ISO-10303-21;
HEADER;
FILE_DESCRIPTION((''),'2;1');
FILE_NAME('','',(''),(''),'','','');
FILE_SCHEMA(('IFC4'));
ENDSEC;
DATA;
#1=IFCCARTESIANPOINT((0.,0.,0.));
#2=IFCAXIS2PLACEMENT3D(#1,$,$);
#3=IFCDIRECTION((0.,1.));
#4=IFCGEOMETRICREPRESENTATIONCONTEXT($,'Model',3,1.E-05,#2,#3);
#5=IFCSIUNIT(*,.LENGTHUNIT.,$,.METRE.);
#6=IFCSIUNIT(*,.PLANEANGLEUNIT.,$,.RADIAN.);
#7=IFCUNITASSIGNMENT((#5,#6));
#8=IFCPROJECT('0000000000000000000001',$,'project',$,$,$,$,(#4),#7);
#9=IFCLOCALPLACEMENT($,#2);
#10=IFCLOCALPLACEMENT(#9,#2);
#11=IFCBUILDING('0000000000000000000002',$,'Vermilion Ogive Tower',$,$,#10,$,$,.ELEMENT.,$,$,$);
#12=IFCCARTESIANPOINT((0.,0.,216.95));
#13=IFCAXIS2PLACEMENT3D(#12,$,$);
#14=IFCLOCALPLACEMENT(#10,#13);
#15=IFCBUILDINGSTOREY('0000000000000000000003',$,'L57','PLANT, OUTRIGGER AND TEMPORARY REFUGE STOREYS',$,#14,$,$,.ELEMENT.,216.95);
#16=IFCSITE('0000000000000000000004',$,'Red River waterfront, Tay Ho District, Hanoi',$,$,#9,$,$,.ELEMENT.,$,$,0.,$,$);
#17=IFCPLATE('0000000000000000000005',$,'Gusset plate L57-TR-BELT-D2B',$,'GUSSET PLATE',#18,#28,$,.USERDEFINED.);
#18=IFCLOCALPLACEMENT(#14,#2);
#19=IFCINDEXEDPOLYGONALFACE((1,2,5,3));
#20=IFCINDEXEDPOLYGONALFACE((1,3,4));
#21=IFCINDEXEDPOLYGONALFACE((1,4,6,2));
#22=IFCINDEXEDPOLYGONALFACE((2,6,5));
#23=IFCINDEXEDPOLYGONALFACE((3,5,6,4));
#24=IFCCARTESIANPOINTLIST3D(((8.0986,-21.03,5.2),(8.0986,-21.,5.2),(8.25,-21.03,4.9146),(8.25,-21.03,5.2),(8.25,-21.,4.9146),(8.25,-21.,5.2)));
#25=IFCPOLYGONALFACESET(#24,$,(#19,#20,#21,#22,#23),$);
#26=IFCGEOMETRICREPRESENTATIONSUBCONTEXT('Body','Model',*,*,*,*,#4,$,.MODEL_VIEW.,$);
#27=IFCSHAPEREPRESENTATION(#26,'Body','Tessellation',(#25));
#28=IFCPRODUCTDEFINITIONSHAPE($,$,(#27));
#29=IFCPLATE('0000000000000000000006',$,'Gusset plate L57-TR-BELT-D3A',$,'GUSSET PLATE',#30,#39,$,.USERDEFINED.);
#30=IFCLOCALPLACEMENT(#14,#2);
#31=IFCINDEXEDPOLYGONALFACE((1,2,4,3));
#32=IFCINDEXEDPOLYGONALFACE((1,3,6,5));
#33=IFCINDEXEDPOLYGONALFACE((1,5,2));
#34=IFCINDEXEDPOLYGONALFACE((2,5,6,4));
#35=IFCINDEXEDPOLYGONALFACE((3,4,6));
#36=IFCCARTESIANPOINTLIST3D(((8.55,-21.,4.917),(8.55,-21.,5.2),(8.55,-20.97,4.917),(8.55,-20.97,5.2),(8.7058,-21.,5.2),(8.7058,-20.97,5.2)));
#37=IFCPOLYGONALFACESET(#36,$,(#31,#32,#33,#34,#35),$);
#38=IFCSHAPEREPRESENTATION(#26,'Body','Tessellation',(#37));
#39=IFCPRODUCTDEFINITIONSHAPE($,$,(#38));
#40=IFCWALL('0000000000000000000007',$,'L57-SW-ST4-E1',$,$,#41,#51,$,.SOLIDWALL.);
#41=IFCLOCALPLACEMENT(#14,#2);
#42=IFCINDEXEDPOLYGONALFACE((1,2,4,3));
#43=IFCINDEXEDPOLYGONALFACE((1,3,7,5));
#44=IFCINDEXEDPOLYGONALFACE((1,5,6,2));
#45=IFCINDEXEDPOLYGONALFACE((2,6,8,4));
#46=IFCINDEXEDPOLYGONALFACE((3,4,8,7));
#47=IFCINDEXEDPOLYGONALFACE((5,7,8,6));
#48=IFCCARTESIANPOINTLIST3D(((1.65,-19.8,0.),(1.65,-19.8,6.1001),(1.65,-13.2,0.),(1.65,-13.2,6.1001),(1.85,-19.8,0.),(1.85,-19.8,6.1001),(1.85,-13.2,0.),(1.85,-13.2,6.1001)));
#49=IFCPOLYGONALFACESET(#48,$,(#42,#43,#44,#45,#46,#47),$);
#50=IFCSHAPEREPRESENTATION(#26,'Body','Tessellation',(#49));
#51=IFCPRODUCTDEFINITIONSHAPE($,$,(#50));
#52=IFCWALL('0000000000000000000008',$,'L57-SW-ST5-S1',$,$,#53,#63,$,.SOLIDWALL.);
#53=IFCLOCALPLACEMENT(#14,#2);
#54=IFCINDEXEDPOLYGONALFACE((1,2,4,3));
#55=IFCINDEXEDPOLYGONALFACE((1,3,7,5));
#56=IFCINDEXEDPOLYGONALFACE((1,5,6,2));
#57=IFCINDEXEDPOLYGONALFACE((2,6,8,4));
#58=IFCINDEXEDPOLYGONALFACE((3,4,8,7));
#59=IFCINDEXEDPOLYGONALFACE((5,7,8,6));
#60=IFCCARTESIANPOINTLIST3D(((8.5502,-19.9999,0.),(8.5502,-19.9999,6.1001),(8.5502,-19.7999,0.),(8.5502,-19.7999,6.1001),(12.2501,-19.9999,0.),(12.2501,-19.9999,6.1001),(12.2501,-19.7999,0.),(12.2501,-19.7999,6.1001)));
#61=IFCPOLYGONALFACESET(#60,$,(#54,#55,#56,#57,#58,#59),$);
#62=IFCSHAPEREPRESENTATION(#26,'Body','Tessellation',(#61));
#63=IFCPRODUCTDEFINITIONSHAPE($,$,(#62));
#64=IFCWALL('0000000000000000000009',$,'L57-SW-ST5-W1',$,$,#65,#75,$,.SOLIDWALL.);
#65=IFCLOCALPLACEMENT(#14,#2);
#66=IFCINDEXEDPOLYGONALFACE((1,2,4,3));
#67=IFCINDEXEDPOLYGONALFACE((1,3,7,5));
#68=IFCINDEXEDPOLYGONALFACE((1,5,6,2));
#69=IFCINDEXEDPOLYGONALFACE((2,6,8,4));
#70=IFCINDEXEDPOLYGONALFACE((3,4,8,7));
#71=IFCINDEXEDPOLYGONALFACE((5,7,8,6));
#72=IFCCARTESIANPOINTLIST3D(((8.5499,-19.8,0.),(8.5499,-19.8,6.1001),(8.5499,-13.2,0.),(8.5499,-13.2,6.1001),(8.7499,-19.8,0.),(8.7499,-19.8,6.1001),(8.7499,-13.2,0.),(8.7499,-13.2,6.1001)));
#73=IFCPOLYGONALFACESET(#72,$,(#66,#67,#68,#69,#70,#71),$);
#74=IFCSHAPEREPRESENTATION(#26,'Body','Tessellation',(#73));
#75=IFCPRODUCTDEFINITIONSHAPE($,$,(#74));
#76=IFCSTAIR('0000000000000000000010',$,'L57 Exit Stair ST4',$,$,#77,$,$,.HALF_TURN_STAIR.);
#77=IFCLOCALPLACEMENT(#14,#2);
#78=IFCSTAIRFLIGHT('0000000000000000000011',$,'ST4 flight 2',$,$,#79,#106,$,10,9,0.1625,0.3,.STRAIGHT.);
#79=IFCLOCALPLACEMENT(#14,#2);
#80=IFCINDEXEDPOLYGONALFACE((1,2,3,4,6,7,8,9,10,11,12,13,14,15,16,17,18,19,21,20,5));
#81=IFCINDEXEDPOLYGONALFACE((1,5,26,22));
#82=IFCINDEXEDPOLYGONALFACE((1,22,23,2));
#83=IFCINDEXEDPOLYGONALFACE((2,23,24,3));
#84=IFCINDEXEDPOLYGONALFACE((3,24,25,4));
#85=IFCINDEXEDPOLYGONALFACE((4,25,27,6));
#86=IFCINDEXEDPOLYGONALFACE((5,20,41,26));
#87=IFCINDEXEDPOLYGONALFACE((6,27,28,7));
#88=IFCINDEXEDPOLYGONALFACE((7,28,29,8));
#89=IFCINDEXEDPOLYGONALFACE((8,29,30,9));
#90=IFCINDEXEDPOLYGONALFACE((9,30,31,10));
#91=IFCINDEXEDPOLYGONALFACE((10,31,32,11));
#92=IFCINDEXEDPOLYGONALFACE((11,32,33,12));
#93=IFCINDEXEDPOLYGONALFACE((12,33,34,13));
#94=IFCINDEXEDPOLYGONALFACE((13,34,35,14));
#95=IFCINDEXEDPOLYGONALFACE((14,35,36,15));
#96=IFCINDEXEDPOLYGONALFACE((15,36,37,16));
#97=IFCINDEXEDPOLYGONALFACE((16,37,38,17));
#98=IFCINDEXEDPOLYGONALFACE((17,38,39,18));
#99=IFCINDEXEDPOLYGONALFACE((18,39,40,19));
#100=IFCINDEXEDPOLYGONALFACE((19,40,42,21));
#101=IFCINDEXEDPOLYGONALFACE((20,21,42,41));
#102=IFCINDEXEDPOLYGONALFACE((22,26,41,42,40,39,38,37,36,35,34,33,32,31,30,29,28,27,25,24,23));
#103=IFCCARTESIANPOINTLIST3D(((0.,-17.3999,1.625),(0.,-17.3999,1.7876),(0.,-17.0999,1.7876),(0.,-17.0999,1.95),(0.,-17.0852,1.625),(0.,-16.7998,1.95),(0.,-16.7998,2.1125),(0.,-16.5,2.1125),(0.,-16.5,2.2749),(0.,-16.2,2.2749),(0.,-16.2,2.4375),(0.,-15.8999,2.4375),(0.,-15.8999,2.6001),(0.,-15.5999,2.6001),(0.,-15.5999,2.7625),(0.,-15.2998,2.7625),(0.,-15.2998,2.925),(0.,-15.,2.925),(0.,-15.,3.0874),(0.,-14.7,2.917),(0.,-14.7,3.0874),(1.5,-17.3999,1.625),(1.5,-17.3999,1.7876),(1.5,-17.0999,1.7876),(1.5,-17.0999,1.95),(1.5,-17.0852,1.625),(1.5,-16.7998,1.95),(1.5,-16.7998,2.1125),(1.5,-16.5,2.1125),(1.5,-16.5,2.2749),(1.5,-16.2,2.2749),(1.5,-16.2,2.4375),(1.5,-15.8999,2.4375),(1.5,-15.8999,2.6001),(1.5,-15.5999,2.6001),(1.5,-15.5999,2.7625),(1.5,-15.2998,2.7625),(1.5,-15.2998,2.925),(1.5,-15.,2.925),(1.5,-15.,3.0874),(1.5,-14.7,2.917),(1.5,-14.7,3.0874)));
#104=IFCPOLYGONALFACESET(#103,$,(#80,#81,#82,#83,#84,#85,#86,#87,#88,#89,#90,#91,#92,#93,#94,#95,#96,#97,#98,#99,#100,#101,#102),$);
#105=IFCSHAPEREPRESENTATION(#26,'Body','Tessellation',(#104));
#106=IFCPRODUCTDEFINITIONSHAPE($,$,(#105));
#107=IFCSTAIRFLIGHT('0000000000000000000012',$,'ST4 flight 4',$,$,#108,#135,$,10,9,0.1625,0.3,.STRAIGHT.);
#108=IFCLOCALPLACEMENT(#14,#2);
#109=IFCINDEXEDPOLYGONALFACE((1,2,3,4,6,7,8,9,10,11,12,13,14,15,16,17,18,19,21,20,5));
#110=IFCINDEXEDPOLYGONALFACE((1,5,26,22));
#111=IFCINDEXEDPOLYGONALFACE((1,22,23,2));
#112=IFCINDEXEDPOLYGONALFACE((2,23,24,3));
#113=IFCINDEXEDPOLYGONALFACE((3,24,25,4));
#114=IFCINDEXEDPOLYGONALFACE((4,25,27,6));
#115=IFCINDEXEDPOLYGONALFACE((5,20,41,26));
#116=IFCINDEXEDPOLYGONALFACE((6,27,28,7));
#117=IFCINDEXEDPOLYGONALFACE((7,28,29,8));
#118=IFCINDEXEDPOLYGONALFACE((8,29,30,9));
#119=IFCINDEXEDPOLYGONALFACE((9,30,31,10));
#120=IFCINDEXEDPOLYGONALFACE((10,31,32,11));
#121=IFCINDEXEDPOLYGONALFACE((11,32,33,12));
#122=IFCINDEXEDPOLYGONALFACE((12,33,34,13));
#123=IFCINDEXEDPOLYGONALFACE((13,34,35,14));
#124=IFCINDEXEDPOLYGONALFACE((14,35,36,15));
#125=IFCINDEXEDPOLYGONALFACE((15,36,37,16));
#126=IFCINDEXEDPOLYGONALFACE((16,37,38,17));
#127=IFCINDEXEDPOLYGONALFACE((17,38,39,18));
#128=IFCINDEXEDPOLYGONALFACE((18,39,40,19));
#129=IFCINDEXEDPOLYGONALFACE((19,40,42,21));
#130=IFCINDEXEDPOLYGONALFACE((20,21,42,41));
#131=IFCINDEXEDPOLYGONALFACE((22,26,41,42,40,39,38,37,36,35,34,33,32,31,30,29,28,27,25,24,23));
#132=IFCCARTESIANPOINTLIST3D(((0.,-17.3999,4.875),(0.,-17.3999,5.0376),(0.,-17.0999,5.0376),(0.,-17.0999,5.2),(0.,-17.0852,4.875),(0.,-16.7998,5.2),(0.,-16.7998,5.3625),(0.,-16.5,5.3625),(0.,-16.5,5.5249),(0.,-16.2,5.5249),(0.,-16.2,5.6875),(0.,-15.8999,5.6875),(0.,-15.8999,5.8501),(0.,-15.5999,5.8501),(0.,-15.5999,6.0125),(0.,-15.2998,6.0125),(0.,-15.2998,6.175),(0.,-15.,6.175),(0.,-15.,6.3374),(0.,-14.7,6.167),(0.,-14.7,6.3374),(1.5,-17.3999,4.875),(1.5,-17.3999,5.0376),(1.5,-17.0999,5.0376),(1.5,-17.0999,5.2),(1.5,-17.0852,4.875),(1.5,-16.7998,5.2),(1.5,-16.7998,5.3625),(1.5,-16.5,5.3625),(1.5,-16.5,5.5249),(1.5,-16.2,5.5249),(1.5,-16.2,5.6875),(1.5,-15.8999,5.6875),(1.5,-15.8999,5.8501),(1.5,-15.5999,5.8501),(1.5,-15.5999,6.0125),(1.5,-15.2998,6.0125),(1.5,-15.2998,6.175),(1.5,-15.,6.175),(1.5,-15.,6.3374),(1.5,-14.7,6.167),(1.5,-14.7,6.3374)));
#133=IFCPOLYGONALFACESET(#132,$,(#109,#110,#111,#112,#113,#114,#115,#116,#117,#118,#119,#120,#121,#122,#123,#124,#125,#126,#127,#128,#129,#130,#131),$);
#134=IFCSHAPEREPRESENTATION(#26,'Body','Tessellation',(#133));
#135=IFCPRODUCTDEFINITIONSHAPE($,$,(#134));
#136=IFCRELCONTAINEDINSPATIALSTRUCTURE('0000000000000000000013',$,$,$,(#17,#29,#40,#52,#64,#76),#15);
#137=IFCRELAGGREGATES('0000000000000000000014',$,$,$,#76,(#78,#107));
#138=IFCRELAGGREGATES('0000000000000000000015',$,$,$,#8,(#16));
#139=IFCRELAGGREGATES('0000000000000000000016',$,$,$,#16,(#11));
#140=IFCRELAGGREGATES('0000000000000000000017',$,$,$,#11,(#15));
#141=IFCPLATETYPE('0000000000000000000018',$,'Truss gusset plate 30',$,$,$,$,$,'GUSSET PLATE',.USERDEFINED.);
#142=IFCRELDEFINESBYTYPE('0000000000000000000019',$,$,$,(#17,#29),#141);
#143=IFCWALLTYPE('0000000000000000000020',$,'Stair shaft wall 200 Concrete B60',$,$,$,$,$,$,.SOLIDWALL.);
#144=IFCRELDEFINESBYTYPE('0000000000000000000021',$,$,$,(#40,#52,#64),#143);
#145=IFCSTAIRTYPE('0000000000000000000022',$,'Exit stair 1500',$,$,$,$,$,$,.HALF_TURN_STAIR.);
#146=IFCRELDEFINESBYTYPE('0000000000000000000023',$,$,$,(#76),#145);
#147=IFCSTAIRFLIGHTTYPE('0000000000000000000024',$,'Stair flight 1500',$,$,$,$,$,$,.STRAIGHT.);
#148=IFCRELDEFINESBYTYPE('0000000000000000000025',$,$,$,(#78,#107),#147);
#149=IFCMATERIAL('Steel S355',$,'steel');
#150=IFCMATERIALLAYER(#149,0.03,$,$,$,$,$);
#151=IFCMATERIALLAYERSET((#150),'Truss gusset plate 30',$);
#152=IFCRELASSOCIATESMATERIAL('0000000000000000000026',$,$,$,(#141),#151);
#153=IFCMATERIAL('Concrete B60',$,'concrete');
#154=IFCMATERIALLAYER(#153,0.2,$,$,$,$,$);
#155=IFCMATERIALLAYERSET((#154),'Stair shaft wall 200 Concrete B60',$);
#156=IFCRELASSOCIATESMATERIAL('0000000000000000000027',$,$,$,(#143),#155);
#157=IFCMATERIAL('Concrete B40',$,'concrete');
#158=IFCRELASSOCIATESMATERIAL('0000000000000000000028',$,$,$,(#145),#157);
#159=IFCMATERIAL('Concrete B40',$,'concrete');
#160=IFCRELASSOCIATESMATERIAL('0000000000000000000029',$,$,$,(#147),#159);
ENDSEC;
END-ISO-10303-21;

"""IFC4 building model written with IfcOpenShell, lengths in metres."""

from ifc_helpers import new_model, si_unit, direction, frame, frame_2d, origin, place, context, subcontext, project, spatial, polyline, rectangle, outline, extrude, material, layer, layer_set, type_object, element, aggregate, save


model = new_model("IFC4")

# Units and contexts
model_context = context("Model", 3, precision=1e-05, world=origin(), true_north=direction((0.0, 1.0)))
body_context = subcontext(model_context, "Body", "Model", "MODEL_VIEW")
ifc_project = project(units=[si_unit("LENGTHUNIT", "METRE"), si_unit("PLANEANGLEUNIT", "RADIAN")], contexts=[model_context])

# Site, building, storey
site_placement = place(None, origin())
site = spatial("IfcSite", under=ifc_project, at=site_placement, Name="Red River waterfront, Tay Ho District, Hanoi", CompositionType="ELEMENT", RefElevation=0.0)
building_placement = place(site_placement, origin())
building = spatial("IfcBuilding", under=site, at=building_placement, Name="Vermilion Ogive Tower", CompositionType="ELEMENT")
storey_placement = place(building_placement, frame((0.0, 0.0, 216.95)))
storey = spatial("IfcBuildingStorey", under=building, at=storey_placement, Name="L57", Description="PLANT, OUTRIGGER AND TEMPORARY REFUGE STOREYS", CompositionType="ELEMENT", Elevation=216.95)

# Plates
ifc_material_1 = material(Name="Steel S355", Category="steel")
ifc_layer_1 = layer(ifc_material_1, 0.03)
ifc_layer_set_1 = layer_set([ifc_layer_1], Name="Truss gusset plate 30")
plate_type_1 = type_object("IfcPlateType", Name="Truss gusset plate 30", ElementType="GUSSET PLATE", PredefinedType="USERDEFINED", material=ifc_layer_set_1)
plate_1_placement = place(storey_placement, frame((8.25, -21.0, 4.9146), z_axis=(0.0, 1.0, 0.0), x_axis=(-0.468547, 0.0, 0.883438)))
element("IfcPlate", 1, at=plate_1_placement, inside=storey, type_object=plate_type_1, Name="Gusset plate L57-TR-BELT-D2B", ObjectType="GUSSET PLATE", PredefinedType="USERDEFINED", context=body_context, shape_type="SweptSolid", body=[
    extrude(outline(polyline([(0.0, 0.0), (0.3231, 0.0), (0.2521, 0.1337), (0.0, 0.0)])), origin(), (0.0, 0.0, -1.0), 0.03),
])
plate_2_placement = place(storey_placement, frame((8.55, -21.0, 4.917), z_axis=(0.0, -1.0, 0.0), x_axis=(0.482238, 0.0, 0.87604)))
element("IfcPlate", 2, at=plate_2_placement, inside=storey, type_object=plate_type_1, Name="Gusset plate L57-TR-BELT-D3A", ObjectType="GUSSET PLATE", PredefinedType="USERDEFINED", context=body_context, shape_type="SweptSolid", body=[
    extrude(outline(polyline([(0.0, 0.0), (0.323, 0.0), (0.2479, 0.1365), (0.0, 0.0)])), origin(), (0.0, 0.0, -1.0), 0.03),
])

# Walls
ifc_material_2 = material(Name="Concrete B60", Category="concrete")
ifc_layer_2 = layer(ifc_material_2, 0.2)
ifc_layer_set_2 = layer_set([ifc_layer_2], Name="Stair shaft wall 200 Concrete B60")
wall_type = type_object("IfcWallType", Name="Stair shaft wall 200 Concrete B60", PredefinedType="SOLIDWALL", material=ifc_layer_set_2)
wall_1_placement = place(storey_placement, frame((1.75, -19.8, 0.0), z_axis=(0.0, 0.0, 1.0), x_axis=(0.0, 1.0, 0.0)))
element("IfcWall", 3, at=wall_1_placement, inside=storey, type_object=wall_type, Name="L57-SW-ST4-E1", PredefinedType="SOLIDWALL", context=body_context, shape_type="SweptSolid", body=[
    extrude(rectangle(XDim=6.6001, YDim=0.2, at=frame_2d((3.3, 0.0))), origin(), (0.0, 0.0, 1.0), 6.1001),
])
wall_2_placement = place(storey_placement, frame((8.55, -19.8999, 0.0), z_axis=(0.0, 0.0, 1.0), x_axis=(1.0, 0.0, 0.0)))
element("IfcWall", 4, at=wall_2_placement, inside=storey, type_object=wall_type, Name="L57-SW-ST5-S1", PredefinedType="SOLIDWALL", context=body_context, shape_type="SweptSolid", body=[
    extrude(rectangle(XDim=3.7, YDim=0.2, at=frame_2d((1.8501, 0.0))), origin(), (0.0, 0.0, 1.0), 6.1001),
])
wall_3_placement = place(storey_placement, frame((8.6499, -19.8, 0.0), z_axis=(0.0, 0.0, 1.0), x_axis=(0.0, 1.0, 0.0)))
element("IfcWall", 5, at=wall_3_placement, inside=storey, type_object=wall_type, Name="L57-SW-ST5-W1", PredefinedType="SOLIDWALL", context=body_context, shape_type="SweptSolid", body=[
    extrude(rectangle(XDim=6.6001, YDim=0.2, at=frame_2d((3.3, 0.0))), origin(), (0.0, 0.0, 1.0), 6.1001),
])

# Stair, stair flights
ifc_material_3 = material(Name="Concrete B40", Category="concrete")
stair_type = type_object("IfcStairType", Name="Exit stair 1500", PredefinedType="HALF_TURN_STAIR", material=ifc_material_3)
stair_placement = place(storey_placement, origin())
stair = element("IfcStair", 6, at=stair_placement, inside=storey, type_object=stair_type, Name="L57 Exit Stair ST4", PredefinedType="HALF_TURN_STAIR")
ifc_material_4 = material(Name="Concrete B40", Category="concrete")
stair_flight_type = type_object("IfcStairFlightType", Name="Stair flight 1500", PredefinedType="STRAIGHT", material=ifc_material_4)
stair_flight_1_placement = place(storey_placement, frame((0.75, -17.3999, 1.625), z_axis=(0.0, 0.0, 1.0), x_axis=(0.0, 1.0, 0.0)))
stair_flight_1 = element("IfcStairFlight", 7, at=stair_flight_1_placement, type_object=stair_flight_type, Name="ST4 flight 2", NumberOfRisers=10, NumberOfTreads=9, PredefinedType="STRAIGHT", RiserHeight=0.1625, TreadLength=0.3, context=body_context, shape_type="SweptSolid", body=[
    extrude(outline(polyline([(0.0, 0.0), (0.0, 0.1626), (0.3, 0.1626), (0.3, 0.325), (0.6001, 0.325), (0.6001, 0.4875), (0.8999, 0.4875), (0.8999, 0.6499), (1.2, 0.6499), (1.2, 0.8125), (1.5, 0.8125), (1.5, 0.9751), (1.8, 0.9751), (1.8, 1.1375), (2.1001, 1.1375), (2.1001, 1.3), (2.3999, 1.3), (2.3999, 1.4624), (2.7, 1.4624), (2.7, 1.625), (2.7, 1.292), (0.3147, 0.0), (0.0, 0.0)])), frame((0.0, 0.75, 0.0), z_axis=(0.0, -1.0, 0.0), x_axis=(1.0, 0.0, 0.0)), (0.0, 0.0, 1.0), 1.5),
])
stair_flight_2_placement = place(storey_placement, frame((0.75, -17.3999, 4.875), z_axis=(0.0, 0.0, 1.0), x_axis=(0.0, 1.0, 0.0)))
stair_flight_2 = element("IfcStairFlight", 8, at=stair_flight_2_placement, type_object=stair_flight_type, Name="ST4 flight 4", NumberOfRisers=10, NumberOfTreads=9, PredefinedType="STRAIGHT", RiserHeight=0.1625, TreadLength=0.3, context=body_context, shape_type="SweptSolid", body=[
    extrude(outline(polyline([(0.0, 0.0), (0.0, 0.1626), (0.3, 0.1626), (0.3, 0.325), (0.6001, 0.325), (0.6001, 0.4875), (0.8999, 0.4875), (0.8999, 0.6499), (1.2, 0.6499), (1.2, 0.8125), (1.5, 0.8125), (1.5, 0.9751), (1.8, 0.9751), (1.8, 1.1375), (2.1001, 1.1375), (2.1001, 1.3), (2.3999, 1.3), (2.3999, 1.4624), (2.7, 1.4624), (2.7, 1.625), (2.7, 1.292), (0.3147, 0.0), (0.0, 0.0)])), frame((0.0, 0.75, 0.0), z_axis=(0.0, -1.0, 0.0), x_axis=(1.0, 0.0, 0.0)), (0.0, 0.0, 1.0), 1.5),
])
aggregate(stair, [stair_flight_1, stair_flight_2])

save(model, "model.ifc")
